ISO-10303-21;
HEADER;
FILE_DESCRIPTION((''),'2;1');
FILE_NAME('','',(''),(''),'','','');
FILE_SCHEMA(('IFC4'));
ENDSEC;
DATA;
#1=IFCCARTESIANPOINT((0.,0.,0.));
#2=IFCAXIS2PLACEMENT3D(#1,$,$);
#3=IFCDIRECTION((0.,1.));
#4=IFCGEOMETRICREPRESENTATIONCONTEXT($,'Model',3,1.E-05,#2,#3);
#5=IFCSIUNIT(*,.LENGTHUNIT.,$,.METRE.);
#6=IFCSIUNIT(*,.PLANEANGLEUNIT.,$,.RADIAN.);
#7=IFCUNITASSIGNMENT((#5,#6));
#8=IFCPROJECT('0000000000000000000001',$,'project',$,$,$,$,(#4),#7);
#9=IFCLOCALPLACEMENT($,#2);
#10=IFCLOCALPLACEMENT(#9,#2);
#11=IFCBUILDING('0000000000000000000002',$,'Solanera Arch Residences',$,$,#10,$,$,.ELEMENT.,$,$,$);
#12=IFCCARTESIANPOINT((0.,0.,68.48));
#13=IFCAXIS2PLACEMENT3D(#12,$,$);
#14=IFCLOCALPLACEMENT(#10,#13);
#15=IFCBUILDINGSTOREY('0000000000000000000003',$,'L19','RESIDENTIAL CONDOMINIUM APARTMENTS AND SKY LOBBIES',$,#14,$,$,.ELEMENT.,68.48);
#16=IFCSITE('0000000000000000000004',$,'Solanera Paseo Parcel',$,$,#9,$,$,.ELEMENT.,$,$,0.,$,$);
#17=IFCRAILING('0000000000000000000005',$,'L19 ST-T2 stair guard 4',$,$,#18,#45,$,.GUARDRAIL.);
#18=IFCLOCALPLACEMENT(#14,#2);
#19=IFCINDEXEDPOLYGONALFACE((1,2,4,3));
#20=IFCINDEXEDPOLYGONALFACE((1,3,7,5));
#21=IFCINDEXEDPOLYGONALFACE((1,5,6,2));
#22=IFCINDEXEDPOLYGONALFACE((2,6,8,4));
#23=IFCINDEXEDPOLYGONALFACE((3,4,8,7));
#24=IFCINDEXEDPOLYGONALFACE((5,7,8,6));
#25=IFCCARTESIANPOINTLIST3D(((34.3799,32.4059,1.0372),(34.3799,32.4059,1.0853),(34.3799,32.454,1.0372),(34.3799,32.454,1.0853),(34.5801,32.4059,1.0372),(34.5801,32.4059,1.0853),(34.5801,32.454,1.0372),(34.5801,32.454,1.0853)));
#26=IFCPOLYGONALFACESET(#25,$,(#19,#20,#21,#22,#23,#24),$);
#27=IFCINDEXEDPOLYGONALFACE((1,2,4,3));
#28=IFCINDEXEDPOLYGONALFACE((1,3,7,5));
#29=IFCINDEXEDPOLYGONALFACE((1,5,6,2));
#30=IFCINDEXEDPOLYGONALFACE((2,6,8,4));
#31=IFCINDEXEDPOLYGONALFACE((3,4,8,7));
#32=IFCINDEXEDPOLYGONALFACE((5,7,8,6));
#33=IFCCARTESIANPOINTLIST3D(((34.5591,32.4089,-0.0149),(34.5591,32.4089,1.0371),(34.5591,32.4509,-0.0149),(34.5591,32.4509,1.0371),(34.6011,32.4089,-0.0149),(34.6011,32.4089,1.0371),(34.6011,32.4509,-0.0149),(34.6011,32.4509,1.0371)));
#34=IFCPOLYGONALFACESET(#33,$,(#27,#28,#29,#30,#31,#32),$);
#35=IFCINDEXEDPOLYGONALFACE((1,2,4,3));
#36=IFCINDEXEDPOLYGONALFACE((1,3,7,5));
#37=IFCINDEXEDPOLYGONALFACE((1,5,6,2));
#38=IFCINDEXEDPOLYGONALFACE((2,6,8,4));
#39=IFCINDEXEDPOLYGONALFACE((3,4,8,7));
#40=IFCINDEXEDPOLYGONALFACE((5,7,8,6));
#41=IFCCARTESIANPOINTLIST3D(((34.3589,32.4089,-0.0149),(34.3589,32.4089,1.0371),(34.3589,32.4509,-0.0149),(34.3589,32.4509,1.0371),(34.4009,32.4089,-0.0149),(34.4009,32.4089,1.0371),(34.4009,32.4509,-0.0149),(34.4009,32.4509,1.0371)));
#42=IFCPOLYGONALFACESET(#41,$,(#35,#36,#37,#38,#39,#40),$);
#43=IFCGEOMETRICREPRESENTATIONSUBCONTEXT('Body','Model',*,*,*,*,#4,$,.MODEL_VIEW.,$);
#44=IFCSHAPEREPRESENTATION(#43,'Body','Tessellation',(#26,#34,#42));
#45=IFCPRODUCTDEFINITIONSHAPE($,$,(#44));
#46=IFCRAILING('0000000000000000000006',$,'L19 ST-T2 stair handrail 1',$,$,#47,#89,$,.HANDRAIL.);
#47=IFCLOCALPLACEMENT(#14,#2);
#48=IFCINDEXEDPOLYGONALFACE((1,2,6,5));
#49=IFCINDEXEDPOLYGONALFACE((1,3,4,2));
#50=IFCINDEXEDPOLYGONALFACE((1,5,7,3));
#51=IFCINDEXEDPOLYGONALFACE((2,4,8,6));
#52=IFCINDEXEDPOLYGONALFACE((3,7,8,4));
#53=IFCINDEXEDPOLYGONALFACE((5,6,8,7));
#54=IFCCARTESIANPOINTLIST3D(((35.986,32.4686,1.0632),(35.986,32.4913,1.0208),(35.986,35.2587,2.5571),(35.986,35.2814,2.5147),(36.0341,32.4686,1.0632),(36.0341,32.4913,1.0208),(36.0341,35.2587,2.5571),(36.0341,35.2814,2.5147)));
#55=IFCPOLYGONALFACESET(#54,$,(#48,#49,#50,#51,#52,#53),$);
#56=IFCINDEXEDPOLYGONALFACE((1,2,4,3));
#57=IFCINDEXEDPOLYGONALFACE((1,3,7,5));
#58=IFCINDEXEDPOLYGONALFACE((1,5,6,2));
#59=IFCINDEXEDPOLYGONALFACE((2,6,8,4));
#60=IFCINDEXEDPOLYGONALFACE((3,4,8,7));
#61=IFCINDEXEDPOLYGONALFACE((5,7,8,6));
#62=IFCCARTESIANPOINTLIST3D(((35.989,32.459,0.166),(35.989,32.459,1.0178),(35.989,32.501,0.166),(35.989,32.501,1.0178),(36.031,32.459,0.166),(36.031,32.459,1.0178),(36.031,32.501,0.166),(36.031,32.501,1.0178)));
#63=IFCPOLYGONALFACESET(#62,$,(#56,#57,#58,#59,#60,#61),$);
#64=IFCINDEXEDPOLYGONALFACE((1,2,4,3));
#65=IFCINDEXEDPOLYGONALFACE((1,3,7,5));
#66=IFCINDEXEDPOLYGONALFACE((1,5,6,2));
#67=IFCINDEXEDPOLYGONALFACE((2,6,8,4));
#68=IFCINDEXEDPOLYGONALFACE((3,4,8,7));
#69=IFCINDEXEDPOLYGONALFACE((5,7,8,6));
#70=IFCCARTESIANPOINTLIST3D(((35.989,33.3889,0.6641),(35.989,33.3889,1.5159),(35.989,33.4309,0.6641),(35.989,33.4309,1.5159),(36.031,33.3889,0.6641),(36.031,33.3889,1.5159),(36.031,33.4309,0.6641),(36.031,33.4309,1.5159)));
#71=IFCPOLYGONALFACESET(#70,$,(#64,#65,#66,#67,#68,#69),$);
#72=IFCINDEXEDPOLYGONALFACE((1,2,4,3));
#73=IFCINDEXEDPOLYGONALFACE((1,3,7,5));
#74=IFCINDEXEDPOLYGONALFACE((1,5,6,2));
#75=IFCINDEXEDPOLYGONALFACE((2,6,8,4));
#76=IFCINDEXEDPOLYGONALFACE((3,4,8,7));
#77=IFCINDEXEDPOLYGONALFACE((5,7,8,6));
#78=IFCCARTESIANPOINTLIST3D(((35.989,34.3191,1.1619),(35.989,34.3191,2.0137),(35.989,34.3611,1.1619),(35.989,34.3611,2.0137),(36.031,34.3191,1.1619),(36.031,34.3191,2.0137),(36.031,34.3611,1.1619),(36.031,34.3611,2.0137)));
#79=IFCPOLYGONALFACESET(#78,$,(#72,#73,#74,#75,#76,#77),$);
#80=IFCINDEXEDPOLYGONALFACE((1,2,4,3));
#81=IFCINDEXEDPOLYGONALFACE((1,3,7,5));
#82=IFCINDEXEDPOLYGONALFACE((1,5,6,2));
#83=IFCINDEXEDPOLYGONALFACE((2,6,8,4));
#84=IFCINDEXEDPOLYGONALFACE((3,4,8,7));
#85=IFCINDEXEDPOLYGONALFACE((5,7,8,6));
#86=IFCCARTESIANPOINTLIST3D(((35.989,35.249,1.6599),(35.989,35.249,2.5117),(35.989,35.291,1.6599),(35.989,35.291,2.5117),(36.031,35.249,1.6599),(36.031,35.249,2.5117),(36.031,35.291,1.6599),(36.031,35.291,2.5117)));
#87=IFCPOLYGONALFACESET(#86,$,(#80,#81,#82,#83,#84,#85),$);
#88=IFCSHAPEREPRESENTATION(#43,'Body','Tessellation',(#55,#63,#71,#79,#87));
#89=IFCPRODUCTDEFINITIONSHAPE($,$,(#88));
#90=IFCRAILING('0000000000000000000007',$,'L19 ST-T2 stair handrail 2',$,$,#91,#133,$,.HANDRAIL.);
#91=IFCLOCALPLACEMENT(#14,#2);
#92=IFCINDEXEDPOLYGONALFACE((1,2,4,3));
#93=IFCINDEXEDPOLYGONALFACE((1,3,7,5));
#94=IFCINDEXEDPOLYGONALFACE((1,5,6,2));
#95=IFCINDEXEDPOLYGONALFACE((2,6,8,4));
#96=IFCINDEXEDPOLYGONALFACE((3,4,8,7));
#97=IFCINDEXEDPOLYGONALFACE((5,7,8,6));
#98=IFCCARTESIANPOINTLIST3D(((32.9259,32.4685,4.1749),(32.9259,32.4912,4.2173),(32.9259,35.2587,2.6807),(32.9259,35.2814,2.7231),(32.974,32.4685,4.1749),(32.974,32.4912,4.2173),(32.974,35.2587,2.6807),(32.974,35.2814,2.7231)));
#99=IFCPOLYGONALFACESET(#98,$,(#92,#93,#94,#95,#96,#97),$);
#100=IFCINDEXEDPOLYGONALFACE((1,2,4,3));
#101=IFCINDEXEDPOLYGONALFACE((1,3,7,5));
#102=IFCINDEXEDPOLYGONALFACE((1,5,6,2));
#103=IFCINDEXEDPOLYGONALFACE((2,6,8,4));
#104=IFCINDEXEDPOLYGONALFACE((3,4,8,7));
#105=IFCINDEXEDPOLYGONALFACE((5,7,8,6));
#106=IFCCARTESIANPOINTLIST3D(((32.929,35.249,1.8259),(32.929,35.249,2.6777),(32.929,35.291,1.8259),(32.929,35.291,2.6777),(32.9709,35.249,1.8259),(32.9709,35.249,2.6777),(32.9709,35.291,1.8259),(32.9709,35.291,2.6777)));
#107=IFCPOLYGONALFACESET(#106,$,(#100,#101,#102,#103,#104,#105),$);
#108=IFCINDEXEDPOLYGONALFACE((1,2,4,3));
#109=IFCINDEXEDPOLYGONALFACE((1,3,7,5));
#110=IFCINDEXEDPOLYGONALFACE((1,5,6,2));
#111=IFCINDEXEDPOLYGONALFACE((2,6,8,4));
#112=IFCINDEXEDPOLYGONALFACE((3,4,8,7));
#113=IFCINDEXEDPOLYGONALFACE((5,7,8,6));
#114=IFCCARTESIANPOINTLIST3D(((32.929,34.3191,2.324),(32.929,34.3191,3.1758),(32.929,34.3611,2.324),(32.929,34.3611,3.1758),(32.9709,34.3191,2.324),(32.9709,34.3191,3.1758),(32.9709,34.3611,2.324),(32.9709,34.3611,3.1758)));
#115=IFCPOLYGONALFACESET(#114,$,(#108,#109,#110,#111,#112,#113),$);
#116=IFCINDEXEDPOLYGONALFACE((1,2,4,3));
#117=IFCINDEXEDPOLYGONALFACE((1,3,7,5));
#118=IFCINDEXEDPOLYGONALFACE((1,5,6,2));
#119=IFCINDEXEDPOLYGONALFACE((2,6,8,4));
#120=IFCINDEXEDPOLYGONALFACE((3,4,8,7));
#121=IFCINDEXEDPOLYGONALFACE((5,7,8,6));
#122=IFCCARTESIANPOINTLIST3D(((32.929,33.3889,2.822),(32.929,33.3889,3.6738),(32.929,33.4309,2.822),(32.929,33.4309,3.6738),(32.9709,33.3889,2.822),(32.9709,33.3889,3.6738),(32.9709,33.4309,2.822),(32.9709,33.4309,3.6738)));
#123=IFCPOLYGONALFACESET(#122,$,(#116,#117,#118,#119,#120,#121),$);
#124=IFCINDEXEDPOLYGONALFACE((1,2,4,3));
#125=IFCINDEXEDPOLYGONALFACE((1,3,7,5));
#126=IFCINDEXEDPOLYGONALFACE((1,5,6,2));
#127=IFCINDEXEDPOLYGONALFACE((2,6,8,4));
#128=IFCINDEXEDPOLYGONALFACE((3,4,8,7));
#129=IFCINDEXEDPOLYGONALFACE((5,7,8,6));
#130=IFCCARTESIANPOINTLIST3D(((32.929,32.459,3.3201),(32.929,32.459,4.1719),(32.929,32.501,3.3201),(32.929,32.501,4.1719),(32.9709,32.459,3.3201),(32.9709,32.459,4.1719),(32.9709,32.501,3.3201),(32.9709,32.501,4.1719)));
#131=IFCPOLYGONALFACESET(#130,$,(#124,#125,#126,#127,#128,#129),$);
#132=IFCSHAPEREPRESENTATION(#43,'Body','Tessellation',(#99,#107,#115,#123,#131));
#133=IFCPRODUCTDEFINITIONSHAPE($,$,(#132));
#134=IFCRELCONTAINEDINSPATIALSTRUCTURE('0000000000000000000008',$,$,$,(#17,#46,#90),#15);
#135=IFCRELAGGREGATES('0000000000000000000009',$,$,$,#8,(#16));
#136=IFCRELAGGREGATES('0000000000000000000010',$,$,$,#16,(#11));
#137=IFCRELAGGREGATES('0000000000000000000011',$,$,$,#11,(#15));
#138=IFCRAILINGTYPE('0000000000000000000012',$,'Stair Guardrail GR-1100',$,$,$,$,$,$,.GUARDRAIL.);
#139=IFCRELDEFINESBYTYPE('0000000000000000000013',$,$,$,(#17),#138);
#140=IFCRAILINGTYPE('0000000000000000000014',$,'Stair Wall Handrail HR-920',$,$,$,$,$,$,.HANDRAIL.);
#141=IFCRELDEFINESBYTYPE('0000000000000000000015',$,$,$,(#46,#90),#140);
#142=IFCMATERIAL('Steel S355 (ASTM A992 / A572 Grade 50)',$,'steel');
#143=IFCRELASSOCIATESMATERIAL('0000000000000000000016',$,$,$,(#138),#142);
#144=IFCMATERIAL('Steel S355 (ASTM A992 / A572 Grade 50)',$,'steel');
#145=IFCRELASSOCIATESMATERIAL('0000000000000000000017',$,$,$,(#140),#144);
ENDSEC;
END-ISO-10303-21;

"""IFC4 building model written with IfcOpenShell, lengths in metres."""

from ifc_helpers import new_model, si_unit, direction, frame, origin, origin_2d, place, context, subcontext, project, spatial, rectangle, extrude, material, type_object, element, save


model = new_model("IFC4")

# Units and contexts
model_context = context("Model", 3, precision=1e-05, world=origin(), true_north=direction((0.0, 1.0)))
body_context = subcontext(model_context, "Body", "Model", "MODEL_VIEW")
ifc_project = project(units=[si_unit("LENGTHUNIT", "METRE"), si_unit("PLANEANGLEUNIT", "RADIAN")], contexts=[model_context])

# Site, building, storey
site_placement = place(None, origin())
site = spatial("IfcSite", under=ifc_project, at=site_placement, Name="Solanera Paseo Parcel", CompositionType="ELEMENT", RefElevation=0.0)
building_placement = place(site_placement, origin())
building = spatial("IfcBuilding", under=site, at=building_placement, Name="Solanera Arch Residences", CompositionType="ELEMENT")
storey_placement = place(building_placement, frame((0.0, 0.0, 68.48)))
storey = spatial("IfcBuildingStorey", under=building, at=storey_placement, Name="L19", Description="RESIDENTIAL CONDOMINIUM APARTMENTS AND SKY LOBBIES", CompositionType="ELEMENT", Elevation=68.48)

# Railings
ifc_material_1 = material(Name="Steel S355 (ASTM A992 / A572 Grade 50)", Category="steel")
railing_type_1 = type_object("IfcRailingType", Name="Stair Guardrail GR-1100", PredefinedType="GUARDRAIL", material=ifc_material_1)
railing_1_placement = place(storey_placement, frame((34.5801, 32.4299, -0.0149)))
element("IfcRailing", 1, at=railing_1_placement, inside=storey, type_object=railing_type_1, Name="L19 ST-T2 stair guard 4", PredefinedType="GUARDRAIL", context=body_context, shape_type="SweptSolid", body=[
    extrude(rectangle(XDim=0.0481, YDim=0.0481, at=origin_2d()), frame((0.0, 0.0, 1.0762), z_axis=(-1.0, 0.0, 0.0), x_axis=(0.0, -1.0, 0.0)), (0.0, 0.0, 1.0), 0.2002),
    extrude(rectangle(XDim=0.042, YDim=0.042, at=origin_2d()), origin(), (0.0, 0.0, 1.0), 1.052),
    extrude(rectangle(XDim=0.042, YDim=0.042, at=origin_2d()), frame((-0.2002, 0.0, 0.0)), (0.0, 0.0, 1.0), 1.052),
])
ifc_material_2 = material(Name="Steel S355 (ASTM A992 / A572 Grade 50)", Category="steel")
railing_type_2 = type_object("IfcRailingType", Name="Stair Wall Handrail HR-920", PredefinedType="HANDRAIL", material=ifc_material_2)
railing_2_placement = place(storey_placement, frame((36.01, 32.48, 0.166)))
element("IfcRailing", 2, at=railing_2_placement, inside=storey, type_object=railing_type_2, Name="L19 ST-T2 stair handrail 1", PredefinedType="HANDRAIL", context=body_context, shape_type="SweptSolid", body=[
    extrude(rectangle(XDim=0.0481, YDim=0.0481, at=origin_2d()), frame((0.0, 0.0, 0.876), z_axis=(0.0, 0.881581, 0.472033), x_axis=(-1.0, 0.0, 0.0)), (0.0, 0.0, 1.0), 3.1648),
    extrude(rectangle(XDim=0.042, YDim=0.042, at=origin_2d()), origin(), (0.0, 0.0, 1.0), 0.8518),
    extrude(rectangle(XDim=0.042, YDim=0.042, at=origin_2d()), frame((0.0, 0.9299, 0.498)), (0.0, 0.0, 1.0), 0.8518),
    extrude(rectangle(XDim=0.042, YDim=0.042, at=origin_2d()), frame((0.0, 1.8601, 0.9958)), (0.0, 0.0, 1.0), 0.8518),
    extrude(rectangle(XDim=0.042, YDim=0.042, at=origin_2d()), frame((0.0, 2.79, 1.4939)), (0.0, 0.0, 1.0), 0.8518),
])
railing_3_placement = place(storey_placement, frame((32.95, 35.27, 1.8259)))
element("IfcRailing", 3, at=railing_3_placement, inside=storey, type_object=railing_type_2, Name="L19 ST-T2 stair handrail 2", PredefinedType="HANDRAIL", context=body_context, shape_type="SweptSolid", body=[
    extrude(rectangle(XDim=0.0481, YDim=0.0481, at=origin_2d()), frame((0.0, 0.0, 0.876), z_axis=(0.0, -0.881549, 0.472093), x_axis=(1.0, 0.0, 0.0)), (0.0, 0.0, 1.0), 3.165),
    extrude(rectangle(XDim=0.042, YDim=0.042, at=origin_2d()), origin(), (0.0, 0.0, 1.0), 0.8518),
    extrude(rectangle(XDim=0.042, YDim=0.042, at=origin_2d()), frame((0.0, -0.9299, 0.498)), (0.0, 0.0, 1.0), 0.8518),
    extrude(rectangle(XDim=0.042, YDim=0.042, at=origin_2d()), frame((0.0, -1.8601, 0.9961)), (0.0, 0.0, 1.0), 0.8518),
    extrude(rectangle(XDim=0.042, YDim=0.042, at=origin_2d()), frame((0.0, -2.79, 1.4941)), (0.0, 0.0, 1.0), 0.8518),
])

save(model, "model.ifc")
